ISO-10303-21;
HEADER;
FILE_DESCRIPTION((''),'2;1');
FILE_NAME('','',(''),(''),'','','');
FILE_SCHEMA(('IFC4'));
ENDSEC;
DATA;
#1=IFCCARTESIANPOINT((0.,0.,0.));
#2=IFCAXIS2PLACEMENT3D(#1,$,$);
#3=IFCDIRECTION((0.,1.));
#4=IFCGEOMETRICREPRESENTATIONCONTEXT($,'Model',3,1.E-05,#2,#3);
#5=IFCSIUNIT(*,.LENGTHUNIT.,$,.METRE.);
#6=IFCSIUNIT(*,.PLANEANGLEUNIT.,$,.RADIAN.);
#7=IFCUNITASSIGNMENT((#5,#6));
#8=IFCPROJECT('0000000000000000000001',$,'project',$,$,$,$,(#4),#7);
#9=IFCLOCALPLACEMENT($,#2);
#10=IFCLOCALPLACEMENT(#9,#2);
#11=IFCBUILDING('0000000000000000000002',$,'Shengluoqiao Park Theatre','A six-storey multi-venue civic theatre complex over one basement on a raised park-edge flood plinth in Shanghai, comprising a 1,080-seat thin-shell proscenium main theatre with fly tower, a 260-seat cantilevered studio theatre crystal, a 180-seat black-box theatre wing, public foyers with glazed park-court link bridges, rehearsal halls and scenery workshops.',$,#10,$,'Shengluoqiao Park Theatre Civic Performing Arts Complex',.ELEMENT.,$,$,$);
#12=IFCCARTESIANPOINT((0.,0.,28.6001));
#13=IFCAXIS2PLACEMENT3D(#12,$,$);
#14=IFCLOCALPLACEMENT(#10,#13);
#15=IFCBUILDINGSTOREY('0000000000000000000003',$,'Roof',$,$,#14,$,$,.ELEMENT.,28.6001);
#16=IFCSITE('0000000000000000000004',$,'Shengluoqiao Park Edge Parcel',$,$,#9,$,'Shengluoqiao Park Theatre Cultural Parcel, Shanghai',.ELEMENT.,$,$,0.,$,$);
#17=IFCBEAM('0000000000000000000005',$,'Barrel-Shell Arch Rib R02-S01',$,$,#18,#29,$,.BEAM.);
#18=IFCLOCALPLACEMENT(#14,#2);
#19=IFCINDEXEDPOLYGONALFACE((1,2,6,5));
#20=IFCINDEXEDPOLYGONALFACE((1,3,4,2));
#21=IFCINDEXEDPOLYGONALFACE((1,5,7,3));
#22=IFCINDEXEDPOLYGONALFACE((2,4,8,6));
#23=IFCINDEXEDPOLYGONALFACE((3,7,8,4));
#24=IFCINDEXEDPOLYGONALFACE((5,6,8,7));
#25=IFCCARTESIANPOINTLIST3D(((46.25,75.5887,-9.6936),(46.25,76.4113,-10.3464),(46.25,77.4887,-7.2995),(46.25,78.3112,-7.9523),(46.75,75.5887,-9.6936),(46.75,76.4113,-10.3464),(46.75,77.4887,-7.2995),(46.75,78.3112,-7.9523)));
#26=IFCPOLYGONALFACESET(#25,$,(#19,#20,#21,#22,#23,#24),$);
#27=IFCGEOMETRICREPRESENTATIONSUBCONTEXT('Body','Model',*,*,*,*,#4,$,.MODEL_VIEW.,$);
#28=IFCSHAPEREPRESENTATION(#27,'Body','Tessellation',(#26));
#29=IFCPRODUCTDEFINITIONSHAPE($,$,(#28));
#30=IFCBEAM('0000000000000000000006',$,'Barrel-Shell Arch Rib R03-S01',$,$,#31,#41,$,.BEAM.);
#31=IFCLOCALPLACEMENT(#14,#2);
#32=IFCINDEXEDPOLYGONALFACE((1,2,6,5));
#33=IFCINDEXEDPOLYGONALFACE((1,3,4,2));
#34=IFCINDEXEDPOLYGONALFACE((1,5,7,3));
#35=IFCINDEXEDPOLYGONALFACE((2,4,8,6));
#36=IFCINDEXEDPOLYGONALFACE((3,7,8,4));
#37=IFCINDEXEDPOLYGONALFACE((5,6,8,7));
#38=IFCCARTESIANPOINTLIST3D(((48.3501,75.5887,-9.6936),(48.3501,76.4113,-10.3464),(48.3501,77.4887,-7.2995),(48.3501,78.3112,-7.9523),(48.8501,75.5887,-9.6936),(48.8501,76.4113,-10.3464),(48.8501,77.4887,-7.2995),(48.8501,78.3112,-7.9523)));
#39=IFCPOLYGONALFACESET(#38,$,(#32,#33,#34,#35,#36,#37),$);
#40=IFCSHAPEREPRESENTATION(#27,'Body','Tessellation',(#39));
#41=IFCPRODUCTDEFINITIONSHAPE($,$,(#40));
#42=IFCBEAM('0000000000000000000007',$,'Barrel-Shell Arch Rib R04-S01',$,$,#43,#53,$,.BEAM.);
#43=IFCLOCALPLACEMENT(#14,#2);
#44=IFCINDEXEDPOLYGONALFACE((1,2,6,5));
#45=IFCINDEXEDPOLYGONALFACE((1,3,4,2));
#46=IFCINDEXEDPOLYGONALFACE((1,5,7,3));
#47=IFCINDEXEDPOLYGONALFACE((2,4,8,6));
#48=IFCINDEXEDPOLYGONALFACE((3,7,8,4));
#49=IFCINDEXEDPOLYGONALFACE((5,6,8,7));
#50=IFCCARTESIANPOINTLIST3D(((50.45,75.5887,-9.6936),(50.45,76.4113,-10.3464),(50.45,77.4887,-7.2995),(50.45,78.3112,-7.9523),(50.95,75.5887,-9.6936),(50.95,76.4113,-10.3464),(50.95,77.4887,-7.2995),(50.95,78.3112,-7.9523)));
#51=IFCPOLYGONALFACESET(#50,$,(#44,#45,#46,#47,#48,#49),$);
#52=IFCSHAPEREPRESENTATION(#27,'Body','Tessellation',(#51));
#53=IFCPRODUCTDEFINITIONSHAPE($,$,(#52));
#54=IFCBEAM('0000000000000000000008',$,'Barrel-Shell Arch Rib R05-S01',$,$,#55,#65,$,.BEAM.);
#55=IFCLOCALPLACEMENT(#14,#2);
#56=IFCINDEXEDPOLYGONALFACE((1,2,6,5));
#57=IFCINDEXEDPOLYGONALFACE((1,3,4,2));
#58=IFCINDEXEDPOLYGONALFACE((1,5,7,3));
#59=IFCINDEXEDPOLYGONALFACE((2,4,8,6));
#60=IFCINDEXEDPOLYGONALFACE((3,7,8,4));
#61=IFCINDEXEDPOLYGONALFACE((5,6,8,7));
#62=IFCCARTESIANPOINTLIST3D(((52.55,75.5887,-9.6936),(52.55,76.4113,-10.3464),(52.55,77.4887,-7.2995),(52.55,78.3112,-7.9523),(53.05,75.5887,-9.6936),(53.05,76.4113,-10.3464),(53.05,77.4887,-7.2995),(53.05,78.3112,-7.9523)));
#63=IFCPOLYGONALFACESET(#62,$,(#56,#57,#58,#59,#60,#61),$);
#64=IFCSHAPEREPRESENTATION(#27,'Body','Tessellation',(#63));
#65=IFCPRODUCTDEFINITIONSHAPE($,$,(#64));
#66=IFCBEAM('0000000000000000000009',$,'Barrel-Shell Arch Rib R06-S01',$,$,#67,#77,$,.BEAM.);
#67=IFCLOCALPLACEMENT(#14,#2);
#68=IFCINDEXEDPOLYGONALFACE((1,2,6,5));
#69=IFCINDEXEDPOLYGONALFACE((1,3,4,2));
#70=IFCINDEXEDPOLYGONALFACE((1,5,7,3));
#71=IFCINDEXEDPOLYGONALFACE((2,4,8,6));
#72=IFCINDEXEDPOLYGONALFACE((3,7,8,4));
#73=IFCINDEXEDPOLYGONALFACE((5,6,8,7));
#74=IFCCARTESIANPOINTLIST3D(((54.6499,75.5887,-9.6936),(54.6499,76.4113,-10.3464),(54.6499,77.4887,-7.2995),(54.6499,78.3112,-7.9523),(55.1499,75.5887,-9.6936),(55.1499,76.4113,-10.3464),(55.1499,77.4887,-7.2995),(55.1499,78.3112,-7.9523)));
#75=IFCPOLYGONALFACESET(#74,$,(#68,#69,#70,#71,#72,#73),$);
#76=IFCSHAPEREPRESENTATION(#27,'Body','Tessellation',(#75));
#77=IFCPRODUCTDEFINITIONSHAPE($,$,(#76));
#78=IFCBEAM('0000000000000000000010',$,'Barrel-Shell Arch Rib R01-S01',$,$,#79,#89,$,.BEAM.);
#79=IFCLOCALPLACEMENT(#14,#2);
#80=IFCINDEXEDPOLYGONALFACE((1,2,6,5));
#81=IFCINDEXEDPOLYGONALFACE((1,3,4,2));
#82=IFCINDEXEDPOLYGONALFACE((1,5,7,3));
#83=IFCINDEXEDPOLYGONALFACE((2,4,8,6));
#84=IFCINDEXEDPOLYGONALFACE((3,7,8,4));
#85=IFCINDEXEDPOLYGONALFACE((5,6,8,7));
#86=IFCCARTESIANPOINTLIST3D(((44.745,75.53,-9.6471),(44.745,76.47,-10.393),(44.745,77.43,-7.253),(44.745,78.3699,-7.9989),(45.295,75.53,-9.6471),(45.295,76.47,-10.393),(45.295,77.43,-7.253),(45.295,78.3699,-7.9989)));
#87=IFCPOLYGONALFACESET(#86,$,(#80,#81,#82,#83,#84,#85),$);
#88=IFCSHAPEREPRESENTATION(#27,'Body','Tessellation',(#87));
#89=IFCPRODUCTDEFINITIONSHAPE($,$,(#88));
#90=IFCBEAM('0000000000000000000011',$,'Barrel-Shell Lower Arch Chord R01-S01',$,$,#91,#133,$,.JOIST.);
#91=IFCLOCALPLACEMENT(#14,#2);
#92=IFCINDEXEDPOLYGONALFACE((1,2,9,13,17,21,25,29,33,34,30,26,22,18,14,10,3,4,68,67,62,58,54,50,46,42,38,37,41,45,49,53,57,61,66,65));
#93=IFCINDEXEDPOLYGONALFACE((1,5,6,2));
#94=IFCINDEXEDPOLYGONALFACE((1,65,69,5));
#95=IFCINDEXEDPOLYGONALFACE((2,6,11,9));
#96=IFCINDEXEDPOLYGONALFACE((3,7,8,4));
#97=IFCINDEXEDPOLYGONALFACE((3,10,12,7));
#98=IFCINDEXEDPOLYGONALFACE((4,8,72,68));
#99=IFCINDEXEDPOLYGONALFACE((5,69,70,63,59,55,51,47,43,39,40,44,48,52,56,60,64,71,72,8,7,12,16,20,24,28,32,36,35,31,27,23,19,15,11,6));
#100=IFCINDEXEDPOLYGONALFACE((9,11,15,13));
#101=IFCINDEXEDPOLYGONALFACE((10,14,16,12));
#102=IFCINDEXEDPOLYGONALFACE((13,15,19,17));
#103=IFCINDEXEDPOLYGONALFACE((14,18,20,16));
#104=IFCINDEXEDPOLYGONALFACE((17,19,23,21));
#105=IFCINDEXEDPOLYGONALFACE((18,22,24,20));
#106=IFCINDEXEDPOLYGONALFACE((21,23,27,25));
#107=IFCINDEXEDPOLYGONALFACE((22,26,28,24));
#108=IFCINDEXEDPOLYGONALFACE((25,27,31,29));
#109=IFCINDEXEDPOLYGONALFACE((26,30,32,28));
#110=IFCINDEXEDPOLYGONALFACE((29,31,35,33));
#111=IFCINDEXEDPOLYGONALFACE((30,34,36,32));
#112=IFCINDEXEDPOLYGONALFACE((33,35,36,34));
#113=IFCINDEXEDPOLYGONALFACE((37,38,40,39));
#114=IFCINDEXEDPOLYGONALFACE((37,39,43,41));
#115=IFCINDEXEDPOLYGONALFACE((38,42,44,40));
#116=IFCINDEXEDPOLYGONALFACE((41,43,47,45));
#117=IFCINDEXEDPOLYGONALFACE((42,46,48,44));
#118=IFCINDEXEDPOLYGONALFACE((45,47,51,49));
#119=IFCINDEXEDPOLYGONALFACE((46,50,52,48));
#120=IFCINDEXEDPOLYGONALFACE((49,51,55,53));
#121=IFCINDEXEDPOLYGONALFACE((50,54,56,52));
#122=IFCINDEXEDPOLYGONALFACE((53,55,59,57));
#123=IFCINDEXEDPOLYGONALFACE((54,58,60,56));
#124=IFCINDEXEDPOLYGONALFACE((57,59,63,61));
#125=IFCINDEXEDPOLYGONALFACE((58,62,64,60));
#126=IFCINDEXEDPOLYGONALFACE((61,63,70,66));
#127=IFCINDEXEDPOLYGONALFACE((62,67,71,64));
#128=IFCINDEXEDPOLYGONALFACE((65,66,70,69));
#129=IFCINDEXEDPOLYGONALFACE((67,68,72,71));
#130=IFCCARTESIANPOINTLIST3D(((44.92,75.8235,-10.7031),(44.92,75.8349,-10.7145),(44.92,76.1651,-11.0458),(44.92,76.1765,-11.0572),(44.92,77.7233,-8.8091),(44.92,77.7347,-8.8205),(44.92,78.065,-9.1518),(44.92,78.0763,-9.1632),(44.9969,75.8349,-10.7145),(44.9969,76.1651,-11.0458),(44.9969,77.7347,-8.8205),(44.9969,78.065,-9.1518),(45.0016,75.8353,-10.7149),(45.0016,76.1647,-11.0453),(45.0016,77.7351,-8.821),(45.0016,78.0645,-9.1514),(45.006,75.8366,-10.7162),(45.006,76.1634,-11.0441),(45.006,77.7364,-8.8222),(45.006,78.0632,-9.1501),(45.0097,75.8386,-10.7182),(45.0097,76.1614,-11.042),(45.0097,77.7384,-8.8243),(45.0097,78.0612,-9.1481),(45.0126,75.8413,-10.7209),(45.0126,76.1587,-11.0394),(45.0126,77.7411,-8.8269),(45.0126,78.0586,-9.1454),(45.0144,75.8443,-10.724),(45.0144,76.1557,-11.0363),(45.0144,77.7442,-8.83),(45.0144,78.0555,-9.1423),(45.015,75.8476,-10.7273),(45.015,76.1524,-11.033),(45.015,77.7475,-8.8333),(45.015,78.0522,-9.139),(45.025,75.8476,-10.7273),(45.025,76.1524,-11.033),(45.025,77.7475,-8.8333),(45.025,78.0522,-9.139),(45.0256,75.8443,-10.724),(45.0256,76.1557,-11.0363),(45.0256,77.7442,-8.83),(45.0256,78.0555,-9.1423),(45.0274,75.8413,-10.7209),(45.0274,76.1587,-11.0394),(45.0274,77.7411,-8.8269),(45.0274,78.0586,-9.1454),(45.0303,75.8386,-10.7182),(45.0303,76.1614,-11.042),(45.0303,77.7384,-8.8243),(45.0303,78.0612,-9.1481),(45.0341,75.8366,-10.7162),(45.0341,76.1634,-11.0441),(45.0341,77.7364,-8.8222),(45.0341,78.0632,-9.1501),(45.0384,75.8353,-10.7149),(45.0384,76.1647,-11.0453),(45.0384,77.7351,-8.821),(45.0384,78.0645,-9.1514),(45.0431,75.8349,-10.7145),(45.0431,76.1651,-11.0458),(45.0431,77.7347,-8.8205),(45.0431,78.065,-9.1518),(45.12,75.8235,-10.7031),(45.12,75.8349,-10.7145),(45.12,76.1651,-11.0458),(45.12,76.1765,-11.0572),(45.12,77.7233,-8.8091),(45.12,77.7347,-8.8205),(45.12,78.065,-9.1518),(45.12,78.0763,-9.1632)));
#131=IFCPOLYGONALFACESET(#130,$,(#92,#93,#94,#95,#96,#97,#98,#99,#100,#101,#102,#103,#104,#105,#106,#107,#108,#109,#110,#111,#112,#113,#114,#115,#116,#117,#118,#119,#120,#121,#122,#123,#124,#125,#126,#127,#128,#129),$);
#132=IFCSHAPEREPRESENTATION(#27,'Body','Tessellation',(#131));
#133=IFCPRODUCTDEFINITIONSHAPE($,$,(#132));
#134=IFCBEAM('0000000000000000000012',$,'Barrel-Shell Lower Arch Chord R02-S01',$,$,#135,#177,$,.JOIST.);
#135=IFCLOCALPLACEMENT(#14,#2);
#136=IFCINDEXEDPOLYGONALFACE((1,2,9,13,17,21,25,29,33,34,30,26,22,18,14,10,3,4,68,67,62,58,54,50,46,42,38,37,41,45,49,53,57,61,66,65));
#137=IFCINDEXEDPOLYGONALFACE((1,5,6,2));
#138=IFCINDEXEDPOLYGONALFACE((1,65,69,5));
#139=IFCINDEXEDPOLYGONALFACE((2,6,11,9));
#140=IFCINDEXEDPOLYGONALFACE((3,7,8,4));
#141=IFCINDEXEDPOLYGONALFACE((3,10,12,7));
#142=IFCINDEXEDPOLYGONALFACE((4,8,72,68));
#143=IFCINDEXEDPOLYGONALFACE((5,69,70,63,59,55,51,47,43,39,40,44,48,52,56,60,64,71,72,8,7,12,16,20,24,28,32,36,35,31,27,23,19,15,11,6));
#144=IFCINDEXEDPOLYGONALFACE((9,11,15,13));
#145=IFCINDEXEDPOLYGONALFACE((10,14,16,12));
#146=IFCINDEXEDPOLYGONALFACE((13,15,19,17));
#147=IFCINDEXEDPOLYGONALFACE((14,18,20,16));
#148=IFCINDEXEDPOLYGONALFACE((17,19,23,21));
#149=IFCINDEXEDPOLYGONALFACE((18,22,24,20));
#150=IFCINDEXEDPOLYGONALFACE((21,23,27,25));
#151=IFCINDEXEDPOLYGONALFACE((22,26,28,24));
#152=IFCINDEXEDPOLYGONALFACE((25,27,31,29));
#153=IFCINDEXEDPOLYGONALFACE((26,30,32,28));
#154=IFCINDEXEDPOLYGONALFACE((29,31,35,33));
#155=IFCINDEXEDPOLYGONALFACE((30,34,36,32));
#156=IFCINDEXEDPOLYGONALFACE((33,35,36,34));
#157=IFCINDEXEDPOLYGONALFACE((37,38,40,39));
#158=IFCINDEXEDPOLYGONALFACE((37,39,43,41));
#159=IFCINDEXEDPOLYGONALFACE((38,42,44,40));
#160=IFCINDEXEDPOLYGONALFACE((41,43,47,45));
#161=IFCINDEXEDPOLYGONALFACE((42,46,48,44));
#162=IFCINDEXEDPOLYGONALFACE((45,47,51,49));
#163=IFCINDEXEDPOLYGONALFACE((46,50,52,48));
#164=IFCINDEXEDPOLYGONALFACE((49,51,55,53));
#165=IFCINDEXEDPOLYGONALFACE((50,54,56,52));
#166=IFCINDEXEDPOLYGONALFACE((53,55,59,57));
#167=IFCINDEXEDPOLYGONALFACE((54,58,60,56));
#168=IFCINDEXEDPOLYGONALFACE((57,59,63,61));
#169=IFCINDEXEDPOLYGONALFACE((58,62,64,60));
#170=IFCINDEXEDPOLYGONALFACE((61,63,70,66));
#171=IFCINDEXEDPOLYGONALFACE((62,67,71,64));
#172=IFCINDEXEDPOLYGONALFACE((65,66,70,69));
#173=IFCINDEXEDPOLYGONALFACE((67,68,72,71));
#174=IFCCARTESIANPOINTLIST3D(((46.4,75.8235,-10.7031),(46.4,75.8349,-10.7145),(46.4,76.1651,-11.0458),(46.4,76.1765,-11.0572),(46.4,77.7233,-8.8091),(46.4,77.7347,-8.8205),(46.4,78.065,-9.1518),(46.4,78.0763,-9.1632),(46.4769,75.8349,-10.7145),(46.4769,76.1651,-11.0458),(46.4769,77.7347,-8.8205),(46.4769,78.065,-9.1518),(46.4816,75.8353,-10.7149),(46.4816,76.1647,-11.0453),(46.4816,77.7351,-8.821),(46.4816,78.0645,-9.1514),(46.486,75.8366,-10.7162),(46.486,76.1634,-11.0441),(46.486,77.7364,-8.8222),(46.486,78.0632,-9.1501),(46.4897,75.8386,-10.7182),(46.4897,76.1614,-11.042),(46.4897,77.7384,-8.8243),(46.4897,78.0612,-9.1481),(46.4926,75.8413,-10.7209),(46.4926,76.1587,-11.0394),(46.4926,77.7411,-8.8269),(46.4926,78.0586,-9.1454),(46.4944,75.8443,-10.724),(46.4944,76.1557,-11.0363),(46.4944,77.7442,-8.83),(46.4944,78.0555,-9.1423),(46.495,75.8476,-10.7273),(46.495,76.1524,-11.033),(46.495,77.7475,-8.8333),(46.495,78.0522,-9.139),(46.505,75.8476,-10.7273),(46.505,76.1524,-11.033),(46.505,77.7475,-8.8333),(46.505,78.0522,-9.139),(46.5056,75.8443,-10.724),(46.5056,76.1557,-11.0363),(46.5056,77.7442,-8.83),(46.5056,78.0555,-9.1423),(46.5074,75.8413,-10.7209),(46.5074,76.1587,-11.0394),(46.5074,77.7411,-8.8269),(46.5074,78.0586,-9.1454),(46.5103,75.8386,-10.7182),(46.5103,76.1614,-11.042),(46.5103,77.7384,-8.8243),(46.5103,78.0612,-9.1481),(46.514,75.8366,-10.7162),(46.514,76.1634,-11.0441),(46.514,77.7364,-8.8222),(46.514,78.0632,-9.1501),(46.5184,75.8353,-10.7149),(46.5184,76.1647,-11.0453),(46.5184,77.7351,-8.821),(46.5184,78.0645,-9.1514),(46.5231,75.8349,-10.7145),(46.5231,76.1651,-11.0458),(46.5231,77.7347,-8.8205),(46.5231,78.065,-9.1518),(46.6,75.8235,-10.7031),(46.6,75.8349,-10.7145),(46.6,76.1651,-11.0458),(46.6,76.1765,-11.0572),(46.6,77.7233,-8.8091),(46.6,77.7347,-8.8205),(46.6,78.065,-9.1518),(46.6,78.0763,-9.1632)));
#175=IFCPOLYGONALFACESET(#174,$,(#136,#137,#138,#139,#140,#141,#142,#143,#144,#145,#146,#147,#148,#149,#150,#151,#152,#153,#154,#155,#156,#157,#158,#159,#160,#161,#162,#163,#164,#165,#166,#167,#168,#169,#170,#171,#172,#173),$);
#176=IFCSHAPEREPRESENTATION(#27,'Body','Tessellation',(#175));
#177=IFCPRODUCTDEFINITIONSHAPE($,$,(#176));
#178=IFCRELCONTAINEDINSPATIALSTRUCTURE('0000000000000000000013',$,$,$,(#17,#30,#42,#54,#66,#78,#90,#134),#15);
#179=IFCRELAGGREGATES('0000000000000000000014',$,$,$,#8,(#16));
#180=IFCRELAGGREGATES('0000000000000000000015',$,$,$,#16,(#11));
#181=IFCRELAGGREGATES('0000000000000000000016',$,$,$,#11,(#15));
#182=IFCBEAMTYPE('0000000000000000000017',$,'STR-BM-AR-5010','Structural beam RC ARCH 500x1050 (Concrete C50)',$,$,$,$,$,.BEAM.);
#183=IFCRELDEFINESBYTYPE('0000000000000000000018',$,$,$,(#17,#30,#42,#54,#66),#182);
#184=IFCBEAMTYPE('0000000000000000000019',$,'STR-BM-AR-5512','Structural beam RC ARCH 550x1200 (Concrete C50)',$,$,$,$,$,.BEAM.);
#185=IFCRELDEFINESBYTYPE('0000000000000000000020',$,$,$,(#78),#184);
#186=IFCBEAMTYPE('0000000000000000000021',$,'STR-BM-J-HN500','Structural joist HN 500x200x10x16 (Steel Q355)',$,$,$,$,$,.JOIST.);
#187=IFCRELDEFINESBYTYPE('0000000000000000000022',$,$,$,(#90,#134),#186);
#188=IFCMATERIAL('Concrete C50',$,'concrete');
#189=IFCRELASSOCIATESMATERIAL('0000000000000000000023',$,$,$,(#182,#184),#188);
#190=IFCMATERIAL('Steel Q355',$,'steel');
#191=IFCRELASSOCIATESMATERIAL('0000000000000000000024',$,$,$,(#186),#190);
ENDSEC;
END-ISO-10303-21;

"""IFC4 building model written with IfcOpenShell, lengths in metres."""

from ifc_helpers import new_model, si_unit, direction, frame, origin, origin_2d, place, context, subcontext, project, spatial, rectangle, i_section, extrude, material, material_profile, profile_set, type_object, element, save


model = new_model("IFC4")

# Units and contexts
model_context = context("Model", 3, precision=1e-05, world=origin(), true_north=direction((0.0, 1.0)))
body_context = subcontext(model_context, "Body", "Model", "MODEL_VIEW")
ifc_project = project(units=[si_unit("LENGTHUNIT", "METRE"), si_unit("PLANEANGLEUNIT", "RADIAN")], contexts=[model_context])

# Site, building, storey
site_placement = place(None, origin())
site = spatial("IfcSite", under=ifc_project, at=site_placement, Name="Shengluoqiao Park Edge Parcel", LongName="Shengluoqiao Park Theatre Cultural Parcel, Shanghai", CompositionType="ELEMENT", RefElevation=0.0)
building_placement = place(site_placement, origin())
building = spatial("IfcBuilding", under=site, at=building_placement, Name="Shengluoqiao Park Theatre", Description="A six-storey multi-venue civic theatre complex over one basement on a raised park-edge flood plinth in Shanghai, comprising a 1,080-seat thin-shell proscenium main theatre with fly tower, a 260-seat cantilevered studio theatre crystal, a 180-seat black-box theatre wing, public foyers with glazed park-court link bridges, rehearsal halls and scenery workshops.", LongName="Shengluoqiao Park Theatre Civic Performing Arts Complex", CompositionType="ELEMENT")
storey_placement = place(building_placement, frame((0.0, 0.0, 28.6001)))
storey = spatial("IfcBuildingStorey", under=building, at=storey_placement, Name="Roof", CompositionType="ELEMENT", Elevation=28.6001)

# Beams
ifc_material_1 = material(Name="Concrete C50", Category="concrete")
ifc_material_profile_1 = material_profile(ifc_material_1, rectangle(XDim=0.5, YDim=1.05, at=origin_2d()), Name="RC ARCH 500x1050")
ifc_profile_set_1 = profile_set([ifc_material_profile_1], Name="Concrete C50")
beam_type_1 = type_object("IfcBeamType", Name="STR-BM-AR-5010", Description="Structural beam RC ARCH 500x1050 (Concrete C50)", PredefinedType="BEAM", material=ifc_profile_set_1)
for number, where, z_axis, x_axis, name in (
    (1, (46.5, 76.0, -10.02), (0.0, 0.621631, 0.78331), (-1.0, 0.0, 0.0), "Barrel-Shell Arch Rib R02-S01"),
    (2, (48.6001, 76.0, -10.02), (0.0, 0.621631, 0.78331), (-1.0, 0.0, 0.0), "Barrel-Shell Arch Rib R03-S01"),
    (3, (50.7, 76.0, -10.02), (0.0, 0.621631, 0.78331), (-1.0, 0.0, 0.0), "Barrel-Shell Arch Rib R04-S01"),
    (4, (52.8, 76.0, -10.02), (0.0, 0.621631, 0.78331), (-1.0, 0.0, 0.0), "Barrel-Shell Arch Rib R05-S01"),
    (5, (54.8999, 76.0, -10.02), (0.0, 0.621631, 0.78331), (-1.0, 0.0, 0.0), "Barrel-Shell Arch Rib R06-S01"),
):
    element("IfcBeam", number, at=place(storey_placement, frame(where, z_axis=z_axis, x_axis=x_axis)), inside=storey, type_object=beam_type_1, Name=name, PredefinedType="BEAM", context=body_context, shape_type="SweptSolid", body=[
        extrude(rectangle(XDim=0.5, YDim=1.05, at=origin_2d()), origin(), (0.0, 0.0, 1.0), 3.0564),
    ])
ifc_material_profile_2 = material_profile(ifc_material_1, rectangle(XDim=0.55, YDim=1.2, at=origin_2d()), Name="RC ARCH 550x1200")
ifc_profile_set_2 = profile_set([ifc_material_profile_2], Name="Concrete C50")
beam_type_2 = type_object("IfcBeamType", Name="STR-BM-AR-5512", Description="Structural beam RC ARCH 550x1200 (Concrete C50)", PredefinedType="BEAM", material=ifc_profile_set_2)
beam_placement = place(storey_placement, frame((45.02, 76.0, -10.02), z_axis=(0.0, 0.621631, 0.78331), x_axis=(-1.0, 0.0, 0.0)))
element("IfcBeam", 6, at=beam_placement, inside=storey, type_object=beam_type_2, Name="Barrel-Shell Arch Rib R01-S01", PredefinedType="BEAM", context=body_context, shape_type="SweptSolid", body=[
    extrude(rectangle(XDim=0.55, YDim=1.2, at=origin_2d()), origin(), (0.0, 0.0, 1.0), 3.0564),
])
ifc_material_2 = material(Name="Steel Q355", Category="steel")
ifc_material_profile_3 = material_profile(ifc_material_2, i_section(OverallWidth=0.2, OverallDepth=0.5, WebThickness=0.01, FlangeThickness=0.0161, FilletRadius=0.0181, at=origin_2d()), Name="HN 500x200x10x16")
ifc_profile_set_3 = profile_set([ifc_material_profile_3], Name="Steel Q355")
beam_type_3 = type_object("IfcBeamType", Name="STR-BM-J-HN500", Description="Structural joist HN 500x200x10x16 (Steel Q355)", PredefinedType="JOIST", material=ifc_profile_set_3)
for number, where, z_axis, x_axis, name in (
    (7, (45.02, 76.0, -10.8801), (0.0, 0.708198, 0.706014), (-1.0, 0.0, 0.0), "Barrel-Shell Lower Arch Chord R01-S01"),
    (8, (46.5, 76.0, -10.8801), (0.0, 0.708198, 0.706014), (-1.0, 0.0, 0.0), "Barrel-Shell Lower Arch Chord R02-S01"),
):
    element("IfcBeam", number, at=place(storey_placement, frame(where, z_axis=z_axis, x_axis=x_axis)), inside=storey, type_object=beam_type_3, Name=name, PredefinedType="JOIST", context=body_context, shape_type="SweptSolid", body=[
        extrude(i_section(OverallWidth=0.2, OverallDepth=0.5, WebThickness=0.01, FlangeThickness=0.0161, FilletRadius=0.0181, at=origin_2d()), origin(), (0.0, 0.0, 1.0), 2.6826),
    ])

save(model, "model.ifc")
